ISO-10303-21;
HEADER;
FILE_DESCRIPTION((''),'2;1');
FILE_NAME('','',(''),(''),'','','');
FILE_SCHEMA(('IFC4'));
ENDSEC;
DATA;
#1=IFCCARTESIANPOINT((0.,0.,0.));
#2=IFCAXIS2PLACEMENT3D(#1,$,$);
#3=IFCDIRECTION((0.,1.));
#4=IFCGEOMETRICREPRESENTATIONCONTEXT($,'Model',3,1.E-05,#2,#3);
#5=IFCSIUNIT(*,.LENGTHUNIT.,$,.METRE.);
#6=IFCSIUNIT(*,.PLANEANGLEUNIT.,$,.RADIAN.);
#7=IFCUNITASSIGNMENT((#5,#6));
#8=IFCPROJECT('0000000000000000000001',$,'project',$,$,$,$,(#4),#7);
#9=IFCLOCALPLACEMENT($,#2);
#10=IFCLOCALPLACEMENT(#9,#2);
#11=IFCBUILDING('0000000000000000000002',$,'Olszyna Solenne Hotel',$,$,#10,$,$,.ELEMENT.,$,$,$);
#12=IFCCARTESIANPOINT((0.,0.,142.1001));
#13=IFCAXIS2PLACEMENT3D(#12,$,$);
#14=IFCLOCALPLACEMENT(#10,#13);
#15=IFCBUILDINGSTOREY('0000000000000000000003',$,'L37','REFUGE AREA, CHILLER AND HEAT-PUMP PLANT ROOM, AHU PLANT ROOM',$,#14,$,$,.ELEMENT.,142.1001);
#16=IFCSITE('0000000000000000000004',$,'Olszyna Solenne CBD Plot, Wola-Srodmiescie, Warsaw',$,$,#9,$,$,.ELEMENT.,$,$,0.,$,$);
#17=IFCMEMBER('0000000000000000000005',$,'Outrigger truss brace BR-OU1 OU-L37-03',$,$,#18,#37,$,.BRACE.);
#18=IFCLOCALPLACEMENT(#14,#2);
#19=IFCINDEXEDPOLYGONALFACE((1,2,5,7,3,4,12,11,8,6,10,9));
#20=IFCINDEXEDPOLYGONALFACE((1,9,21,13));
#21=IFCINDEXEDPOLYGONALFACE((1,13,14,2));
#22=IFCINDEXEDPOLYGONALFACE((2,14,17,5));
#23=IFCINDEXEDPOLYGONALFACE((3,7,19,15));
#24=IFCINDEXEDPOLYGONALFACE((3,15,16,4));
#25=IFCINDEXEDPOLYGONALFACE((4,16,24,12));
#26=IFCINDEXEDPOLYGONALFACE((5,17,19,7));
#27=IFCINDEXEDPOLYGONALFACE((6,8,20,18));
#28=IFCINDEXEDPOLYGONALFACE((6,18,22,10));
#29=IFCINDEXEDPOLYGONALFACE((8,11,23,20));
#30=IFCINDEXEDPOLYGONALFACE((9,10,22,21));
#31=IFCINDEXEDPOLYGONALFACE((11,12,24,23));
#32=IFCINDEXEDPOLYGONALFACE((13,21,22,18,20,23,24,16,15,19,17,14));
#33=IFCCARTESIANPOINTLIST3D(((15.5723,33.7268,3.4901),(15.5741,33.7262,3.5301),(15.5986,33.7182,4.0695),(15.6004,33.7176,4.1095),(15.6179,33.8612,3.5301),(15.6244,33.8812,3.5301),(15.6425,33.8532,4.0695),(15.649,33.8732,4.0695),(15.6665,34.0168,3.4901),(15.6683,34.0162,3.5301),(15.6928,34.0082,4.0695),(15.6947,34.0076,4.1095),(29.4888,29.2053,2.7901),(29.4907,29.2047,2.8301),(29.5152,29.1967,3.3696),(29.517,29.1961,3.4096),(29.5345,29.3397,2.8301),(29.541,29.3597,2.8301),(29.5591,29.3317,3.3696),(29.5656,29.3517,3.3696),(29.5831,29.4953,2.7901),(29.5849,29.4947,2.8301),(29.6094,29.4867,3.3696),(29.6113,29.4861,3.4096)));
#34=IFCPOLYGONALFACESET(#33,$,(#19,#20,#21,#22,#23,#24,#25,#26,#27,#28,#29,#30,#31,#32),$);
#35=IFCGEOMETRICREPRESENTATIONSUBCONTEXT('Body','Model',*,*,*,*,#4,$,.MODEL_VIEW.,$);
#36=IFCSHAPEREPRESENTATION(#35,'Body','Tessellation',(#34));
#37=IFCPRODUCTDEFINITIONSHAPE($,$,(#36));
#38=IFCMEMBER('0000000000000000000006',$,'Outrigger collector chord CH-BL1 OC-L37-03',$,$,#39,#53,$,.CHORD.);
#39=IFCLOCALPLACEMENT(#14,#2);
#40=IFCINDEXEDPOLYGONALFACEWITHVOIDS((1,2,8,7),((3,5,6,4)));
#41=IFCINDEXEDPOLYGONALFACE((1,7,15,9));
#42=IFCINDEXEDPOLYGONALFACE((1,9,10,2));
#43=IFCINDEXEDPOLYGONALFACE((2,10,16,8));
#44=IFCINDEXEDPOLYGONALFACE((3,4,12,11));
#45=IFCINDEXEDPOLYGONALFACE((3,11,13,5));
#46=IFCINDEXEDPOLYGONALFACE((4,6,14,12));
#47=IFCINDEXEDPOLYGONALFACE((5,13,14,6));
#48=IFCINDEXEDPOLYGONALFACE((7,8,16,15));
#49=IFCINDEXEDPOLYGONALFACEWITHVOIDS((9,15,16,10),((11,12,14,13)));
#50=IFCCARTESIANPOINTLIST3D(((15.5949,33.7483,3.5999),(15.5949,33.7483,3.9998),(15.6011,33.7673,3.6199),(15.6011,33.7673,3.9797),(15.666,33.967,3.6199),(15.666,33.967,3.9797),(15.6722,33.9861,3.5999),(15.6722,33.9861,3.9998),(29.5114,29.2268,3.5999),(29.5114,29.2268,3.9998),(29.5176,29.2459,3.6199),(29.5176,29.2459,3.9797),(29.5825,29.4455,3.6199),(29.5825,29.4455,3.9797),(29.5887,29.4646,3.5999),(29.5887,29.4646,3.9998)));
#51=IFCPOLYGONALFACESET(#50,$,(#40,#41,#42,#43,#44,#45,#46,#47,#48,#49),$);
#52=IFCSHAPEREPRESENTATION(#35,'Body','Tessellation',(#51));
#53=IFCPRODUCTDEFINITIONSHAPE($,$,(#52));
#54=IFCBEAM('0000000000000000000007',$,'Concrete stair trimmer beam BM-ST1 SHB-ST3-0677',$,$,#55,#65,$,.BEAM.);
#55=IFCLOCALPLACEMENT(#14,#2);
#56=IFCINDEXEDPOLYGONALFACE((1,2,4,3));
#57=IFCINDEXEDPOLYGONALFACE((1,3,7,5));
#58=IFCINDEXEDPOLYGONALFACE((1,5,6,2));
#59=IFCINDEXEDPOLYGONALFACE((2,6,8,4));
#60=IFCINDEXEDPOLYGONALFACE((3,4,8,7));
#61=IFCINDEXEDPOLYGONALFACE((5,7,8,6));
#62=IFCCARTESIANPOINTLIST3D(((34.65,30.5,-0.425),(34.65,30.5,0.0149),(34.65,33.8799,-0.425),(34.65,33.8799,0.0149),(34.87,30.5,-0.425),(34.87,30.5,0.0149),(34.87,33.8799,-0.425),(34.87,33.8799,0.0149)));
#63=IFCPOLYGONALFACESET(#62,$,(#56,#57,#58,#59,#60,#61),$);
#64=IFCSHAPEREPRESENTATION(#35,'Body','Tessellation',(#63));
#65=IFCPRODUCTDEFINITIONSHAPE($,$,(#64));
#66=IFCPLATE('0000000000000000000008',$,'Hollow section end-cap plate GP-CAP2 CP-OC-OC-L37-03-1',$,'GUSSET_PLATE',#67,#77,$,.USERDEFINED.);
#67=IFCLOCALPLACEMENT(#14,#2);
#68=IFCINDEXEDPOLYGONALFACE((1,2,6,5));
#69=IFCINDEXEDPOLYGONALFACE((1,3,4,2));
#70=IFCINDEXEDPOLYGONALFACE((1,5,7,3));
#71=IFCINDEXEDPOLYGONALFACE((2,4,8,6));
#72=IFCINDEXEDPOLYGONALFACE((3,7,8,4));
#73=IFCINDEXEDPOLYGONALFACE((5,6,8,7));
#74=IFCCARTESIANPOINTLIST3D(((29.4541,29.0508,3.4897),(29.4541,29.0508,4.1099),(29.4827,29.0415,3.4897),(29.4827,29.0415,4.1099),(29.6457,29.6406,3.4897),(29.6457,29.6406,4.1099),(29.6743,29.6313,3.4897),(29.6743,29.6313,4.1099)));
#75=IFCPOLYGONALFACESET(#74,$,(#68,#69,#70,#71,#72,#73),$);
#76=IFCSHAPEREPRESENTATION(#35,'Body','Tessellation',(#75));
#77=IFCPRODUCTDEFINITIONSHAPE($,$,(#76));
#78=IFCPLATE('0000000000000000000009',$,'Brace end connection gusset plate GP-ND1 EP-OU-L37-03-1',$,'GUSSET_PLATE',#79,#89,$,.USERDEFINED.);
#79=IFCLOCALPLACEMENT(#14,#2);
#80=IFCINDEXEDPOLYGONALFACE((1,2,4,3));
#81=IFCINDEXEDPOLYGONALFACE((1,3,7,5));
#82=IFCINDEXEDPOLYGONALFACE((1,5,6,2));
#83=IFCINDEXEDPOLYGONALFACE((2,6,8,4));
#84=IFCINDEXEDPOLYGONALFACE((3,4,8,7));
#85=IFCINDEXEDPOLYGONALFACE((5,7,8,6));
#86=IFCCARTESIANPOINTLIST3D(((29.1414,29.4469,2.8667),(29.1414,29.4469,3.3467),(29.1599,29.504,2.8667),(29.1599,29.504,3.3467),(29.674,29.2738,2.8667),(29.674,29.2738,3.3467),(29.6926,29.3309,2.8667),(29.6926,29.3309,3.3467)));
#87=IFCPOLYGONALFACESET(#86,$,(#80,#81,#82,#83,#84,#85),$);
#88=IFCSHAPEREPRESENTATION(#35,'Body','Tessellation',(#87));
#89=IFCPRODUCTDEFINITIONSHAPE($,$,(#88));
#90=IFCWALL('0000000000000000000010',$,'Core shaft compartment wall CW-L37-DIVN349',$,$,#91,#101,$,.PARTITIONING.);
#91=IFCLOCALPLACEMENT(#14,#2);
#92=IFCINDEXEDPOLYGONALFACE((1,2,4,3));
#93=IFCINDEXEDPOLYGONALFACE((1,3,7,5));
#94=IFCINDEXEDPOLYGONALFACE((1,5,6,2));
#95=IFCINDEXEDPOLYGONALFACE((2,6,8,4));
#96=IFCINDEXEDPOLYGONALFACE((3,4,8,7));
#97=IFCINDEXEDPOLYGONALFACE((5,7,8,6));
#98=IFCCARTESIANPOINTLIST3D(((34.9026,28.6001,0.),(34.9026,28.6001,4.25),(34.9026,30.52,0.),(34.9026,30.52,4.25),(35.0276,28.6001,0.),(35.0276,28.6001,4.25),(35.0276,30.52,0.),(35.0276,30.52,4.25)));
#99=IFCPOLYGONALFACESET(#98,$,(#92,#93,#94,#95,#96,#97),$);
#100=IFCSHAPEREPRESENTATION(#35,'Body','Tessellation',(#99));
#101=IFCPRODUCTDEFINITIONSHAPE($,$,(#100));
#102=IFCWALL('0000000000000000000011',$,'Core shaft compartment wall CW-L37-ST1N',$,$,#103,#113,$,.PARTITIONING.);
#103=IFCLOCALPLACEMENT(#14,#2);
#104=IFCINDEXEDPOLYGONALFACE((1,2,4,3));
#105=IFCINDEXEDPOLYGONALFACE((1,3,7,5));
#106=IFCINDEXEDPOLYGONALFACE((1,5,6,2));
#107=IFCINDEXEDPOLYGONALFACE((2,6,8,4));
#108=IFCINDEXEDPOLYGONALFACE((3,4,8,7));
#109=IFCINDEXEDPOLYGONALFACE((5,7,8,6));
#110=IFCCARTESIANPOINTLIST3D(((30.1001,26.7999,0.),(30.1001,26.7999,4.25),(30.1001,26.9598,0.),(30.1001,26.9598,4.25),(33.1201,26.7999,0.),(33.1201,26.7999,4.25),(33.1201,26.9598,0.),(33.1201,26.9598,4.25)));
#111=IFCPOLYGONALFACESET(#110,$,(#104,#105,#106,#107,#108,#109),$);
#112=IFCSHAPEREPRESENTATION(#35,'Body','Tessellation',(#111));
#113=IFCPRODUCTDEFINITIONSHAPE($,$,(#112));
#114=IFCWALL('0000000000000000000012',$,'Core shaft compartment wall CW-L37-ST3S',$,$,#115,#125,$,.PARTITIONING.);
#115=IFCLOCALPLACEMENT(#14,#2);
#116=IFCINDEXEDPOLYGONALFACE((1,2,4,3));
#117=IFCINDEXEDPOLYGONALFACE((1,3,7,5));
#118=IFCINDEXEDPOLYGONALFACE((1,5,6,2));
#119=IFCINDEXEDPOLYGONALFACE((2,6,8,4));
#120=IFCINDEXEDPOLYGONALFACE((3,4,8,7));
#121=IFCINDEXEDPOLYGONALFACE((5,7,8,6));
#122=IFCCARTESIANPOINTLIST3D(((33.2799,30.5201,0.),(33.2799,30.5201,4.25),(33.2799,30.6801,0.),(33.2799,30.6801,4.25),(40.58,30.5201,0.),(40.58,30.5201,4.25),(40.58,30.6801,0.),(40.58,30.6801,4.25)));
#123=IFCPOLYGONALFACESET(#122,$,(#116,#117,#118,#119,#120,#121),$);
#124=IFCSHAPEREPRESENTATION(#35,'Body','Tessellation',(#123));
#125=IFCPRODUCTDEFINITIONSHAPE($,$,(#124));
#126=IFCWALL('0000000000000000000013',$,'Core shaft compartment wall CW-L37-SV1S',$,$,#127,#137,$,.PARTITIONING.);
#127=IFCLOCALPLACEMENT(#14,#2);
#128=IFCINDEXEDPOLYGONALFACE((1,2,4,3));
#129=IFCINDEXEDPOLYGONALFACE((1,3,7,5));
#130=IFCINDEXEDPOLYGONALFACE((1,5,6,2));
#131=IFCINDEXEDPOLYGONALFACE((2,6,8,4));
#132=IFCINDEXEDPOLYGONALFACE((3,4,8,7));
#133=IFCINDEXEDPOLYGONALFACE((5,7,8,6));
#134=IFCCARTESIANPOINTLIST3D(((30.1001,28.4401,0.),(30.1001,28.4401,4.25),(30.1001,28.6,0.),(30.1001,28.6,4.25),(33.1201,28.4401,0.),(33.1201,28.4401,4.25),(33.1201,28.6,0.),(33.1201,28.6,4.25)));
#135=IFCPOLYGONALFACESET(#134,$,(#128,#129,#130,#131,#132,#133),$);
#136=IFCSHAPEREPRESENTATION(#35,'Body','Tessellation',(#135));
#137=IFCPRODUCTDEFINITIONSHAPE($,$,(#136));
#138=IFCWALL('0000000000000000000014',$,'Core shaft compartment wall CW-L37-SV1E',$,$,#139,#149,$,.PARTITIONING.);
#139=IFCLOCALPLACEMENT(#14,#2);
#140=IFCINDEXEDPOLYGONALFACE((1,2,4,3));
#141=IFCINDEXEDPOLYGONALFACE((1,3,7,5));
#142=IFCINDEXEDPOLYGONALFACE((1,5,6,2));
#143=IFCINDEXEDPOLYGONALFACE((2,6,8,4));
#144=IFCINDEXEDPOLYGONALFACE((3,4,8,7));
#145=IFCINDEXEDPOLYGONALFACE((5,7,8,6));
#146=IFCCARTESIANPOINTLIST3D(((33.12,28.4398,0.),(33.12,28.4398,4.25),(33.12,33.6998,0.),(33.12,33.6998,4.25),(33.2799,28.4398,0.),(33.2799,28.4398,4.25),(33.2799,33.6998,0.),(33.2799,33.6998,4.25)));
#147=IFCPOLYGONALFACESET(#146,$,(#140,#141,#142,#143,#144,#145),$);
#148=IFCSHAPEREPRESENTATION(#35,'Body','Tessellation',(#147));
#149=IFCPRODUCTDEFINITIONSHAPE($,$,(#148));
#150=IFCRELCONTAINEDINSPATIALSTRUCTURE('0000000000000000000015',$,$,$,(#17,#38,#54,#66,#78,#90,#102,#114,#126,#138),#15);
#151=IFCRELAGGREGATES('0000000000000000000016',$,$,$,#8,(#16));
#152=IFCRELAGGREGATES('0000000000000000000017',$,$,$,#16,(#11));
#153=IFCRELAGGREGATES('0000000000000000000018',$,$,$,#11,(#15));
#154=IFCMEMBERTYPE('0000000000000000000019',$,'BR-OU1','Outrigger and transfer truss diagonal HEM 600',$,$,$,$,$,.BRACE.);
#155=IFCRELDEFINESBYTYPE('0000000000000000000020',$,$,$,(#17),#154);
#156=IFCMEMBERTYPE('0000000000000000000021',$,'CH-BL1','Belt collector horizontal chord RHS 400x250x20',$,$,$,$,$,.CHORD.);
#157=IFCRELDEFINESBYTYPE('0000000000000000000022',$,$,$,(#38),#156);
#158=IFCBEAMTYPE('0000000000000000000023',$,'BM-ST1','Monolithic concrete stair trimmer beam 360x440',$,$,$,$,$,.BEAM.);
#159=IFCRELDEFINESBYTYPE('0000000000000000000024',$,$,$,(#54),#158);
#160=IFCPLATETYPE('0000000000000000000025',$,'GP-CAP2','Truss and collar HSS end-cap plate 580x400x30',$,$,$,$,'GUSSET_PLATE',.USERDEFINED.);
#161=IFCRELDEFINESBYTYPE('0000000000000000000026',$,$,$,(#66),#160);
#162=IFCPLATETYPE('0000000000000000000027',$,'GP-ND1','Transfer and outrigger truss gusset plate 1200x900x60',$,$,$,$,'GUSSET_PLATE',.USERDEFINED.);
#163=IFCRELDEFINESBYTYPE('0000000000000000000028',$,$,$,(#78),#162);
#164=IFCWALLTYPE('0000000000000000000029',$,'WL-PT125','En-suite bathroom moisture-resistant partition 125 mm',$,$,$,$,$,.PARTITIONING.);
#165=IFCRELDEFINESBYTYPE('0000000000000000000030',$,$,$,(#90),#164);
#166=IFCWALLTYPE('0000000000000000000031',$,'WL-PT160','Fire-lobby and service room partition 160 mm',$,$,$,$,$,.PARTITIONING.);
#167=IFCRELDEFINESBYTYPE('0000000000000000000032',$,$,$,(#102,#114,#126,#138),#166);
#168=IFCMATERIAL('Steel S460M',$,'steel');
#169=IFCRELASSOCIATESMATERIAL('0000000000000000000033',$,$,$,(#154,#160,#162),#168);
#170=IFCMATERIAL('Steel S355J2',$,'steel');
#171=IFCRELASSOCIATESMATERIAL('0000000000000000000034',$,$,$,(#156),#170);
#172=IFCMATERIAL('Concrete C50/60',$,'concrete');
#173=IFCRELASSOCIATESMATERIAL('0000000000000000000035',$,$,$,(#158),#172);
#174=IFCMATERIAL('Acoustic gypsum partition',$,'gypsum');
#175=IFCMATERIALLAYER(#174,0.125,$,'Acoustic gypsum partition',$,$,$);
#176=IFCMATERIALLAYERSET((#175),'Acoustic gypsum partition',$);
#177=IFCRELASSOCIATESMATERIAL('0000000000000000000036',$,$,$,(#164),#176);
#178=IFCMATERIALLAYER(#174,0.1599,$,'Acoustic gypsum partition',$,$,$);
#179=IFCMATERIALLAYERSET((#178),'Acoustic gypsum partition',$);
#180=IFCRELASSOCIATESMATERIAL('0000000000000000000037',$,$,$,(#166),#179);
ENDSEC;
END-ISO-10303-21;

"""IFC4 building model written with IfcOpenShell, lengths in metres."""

from ifc_helpers import new_model, si_unit, direction, frame, frame_2d, origin, origin_2d, place, context, subcontext, project, spatial, rectangle, hollow_rectangle, i_section, extrude, source, transform, mapped, material, layer, layer_set, material_profile, profile_set, type_object, element, save


model = new_model("IFC4")

# Units and contexts
model_context = context("Model", 3, precision=1e-05, world=origin(), true_north=direction((0.0, 1.0)))
body_context = subcontext(model_context, "Body", "Model", "MODEL_VIEW")
ifc_project = project(units=[si_unit("LENGTHUNIT", "METRE"), si_unit("PLANEANGLEUNIT", "RADIAN")], contexts=[model_context])

# Site, building, storey
site_placement = place(None, origin())
site = spatial("IfcSite", under=ifc_project, at=site_placement, Name="Olszyna Solenne CBD Plot, Wola-Srodmiescie, Warsaw", CompositionType="ELEMENT", RefElevation=0.0)
building_placement = place(site_placement, origin())
building = spatial("IfcBuilding", under=site, at=building_placement, Name="Olszyna Solenne Hotel", CompositionType="ELEMENT")
storey_placement = place(building_placement, frame((0.0, 0.0, 142.1001)))
storey = spatial("IfcBuildingStorey", under=building, at=storey_placement, Name="L37", Description="REFUGE AREA, CHILLER AND HEAT-PUMP PLANT ROOM, AHU PLANT ROOM", CompositionType="ELEMENT", Elevation=142.1001)

# Members
ifc_material_1 = material(Name="Steel S460M", Category="steel")
ifc_material_profile_1 = material_profile(ifc_material_1, i_section(OverallWidth=0.3049, OverallDepth=0.6201, WebThickness=0.021, FlangeThickness=0.04, at=origin_2d()), Name="HEM 600", Category="load-bearing")
ifc_profile_set_1 = profile_set([ifc_material_profile_1], Name="Steel S460M")
member_type_1 = type_object("IfcMemberType", Name="BR-OU1", Description="Outrigger and transfer truss diagonal HEM 600", PredefinedType="BRACE", material=ifc_profile_set_1)
shared_shape_1 = source(origin(), body_context, "Body", "SweptSolid", [
    extrude(i_section(OverallWidth=0.3049, OverallDepth=0.6201, WebThickness=0.021, FlangeThickness=0.04, at=origin_2d()), origin(), (0.0, 0.0, 1.0), 14.6494),
])
member_1_placement = place(storey_placement, frame((29.55, 29.3457, 3.0999), z_axis=(-0.949976, 0.308648, 0.04778), x_axis=(-0.309001, -0.951062, 0.0)))
element("IfcMember", 1, at=member_1_placement, inside=storey, type_object=member_type_1, Name="Outrigger truss brace BR-OU1 OU-L37-03", PredefinedType="BRACE", context=body_context, shape_type="MappedRepresentation", body=[
    mapped(shared_shape_1, transform((0.0, 0.0, 0.0), x_axis=(1.0, 0.0, 0.0), y_axis=(0.0, 1.0, 0.0), z_axis=(0.0, 0.0, 1.0), scale=1.0)),
])
ifc_material_2 = material(Name="Steel S355J2", Category="steel")
ifc_material_profile_2 = material_profile(ifc_material_2, hollow_rectangle(XDim=0.25, YDim=0.3999, WallThickness=0.02, at=origin_2d()), Name="RHS 400x250x20", Category="load-bearing")
ifc_profile_set_2 = profile_set([ifc_material_profile_2], Name="Steel S355J2")
member_type_2 = type_object("IfcMemberType", Name="CH-BL1", Description="Belt collector horizontal chord RHS 400x250x20", PredefinedType="CHORD", material=ifc_profile_set_2)
shared_shape_2 = source(origin(), body_context, "Body", "SweptSolid", [
    extrude(hollow_rectangle(XDim=0.25, YDim=0.3999, WallThickness=0.02, at=origin_2d()), origin(), (0.0, 0.0, 1.0), 14.6326),
])
member_2_placement = place(storey_placement, frame((29.55, 29.3457, 3.7998), z_axis=(-0.951062, 0.309001, 0.0), x_axis=(-0.309001, -0.951062, 0.0)))
element("IfcMember", 2, at=member_2_placement, inside=storey, type_object=member_type_2, Name="Outrigger collector chord CH-BL1 OC-L37-03", PredefinedType="CHORD", context=body_context, shape_type="MappedRepresentation", body=[
    mapped(shared_shape_2, transform((0.0, 0.0, 0.0), x_axis=(1.0, 0.0, 0.0), y_axis=(0.0, 1.0, 0.0), z_axis=(0.0, 0.0, 1.0), scale=1.0)),
])

# Beam
ifc_material_3 = material(Name="Concrete C50/60", Category="concrete")
ifc_material_profile_3 = material_profile(ifc_material_3, rectangle(XDim=0.22, YDim=0.4399, at=origin_2d()), Name="RC 220x440", Category="load-bearing")
ifc_profile_set_3 = profile_set([ifc_material_profile_3], Name="Concrete C50/60")
beam_type = type_object("IfcBeamType", Name="BM-ST1", Description="Monolithic concrete stair trimmer beam 360x440", PredefinedType="BEAM", material=ifc_profile_set_3)
shared_shape_3 = source(origin(), body_context, "Body", "SweptSolid", [
    extrude(rectangle(XDim=0.22, YDim=0.4399, at=origin_2d()), origin(), (0.0, 0.0, 1.0), 3.3799),
])
beam_placement = place(storey_placement, frame((34.76, 30.5, -0.2051), z_axis=(0.0, 1.0, 0.0), x_axis=(-1.0, 0.0, 0.0)))
element("IfcBeam", 3, at=beam_placement, inside=storey, type_object=beam_type, Name="Concrete stair trimmer beam BM-ST1 SHB-ST3-0677", PredefinedType="BEAM", context=body_context, shape_type="MappedRepresentation", body=[
    mapped(shared_shape_3, transform((0.0, 0.0, 0.0), x_axis=(1.0, 0.0, 0.0), y_axis=(0.0, 1.0, 0.0), z_axis=(0.0, 0.0, 1.0), scale=1.0)),
])

# Plates
plate_type_1 = type_object("IfcPlateType", Name="GP-CAP2", Description="Truss and collar HSS end-cap plate 580x400x30", ElementType="GUSSET_PLATE", PredefinedType="USERDEFINED", material=ifc_material_1)
shared_shape_4 = source(origin(), body_context, "Body", "SweptSolid", [
    extrude(rectangle(XDim=0.03, YDim=0.6201, at=origin_2d()), origin(), (0.0, 0.0, 1.0), 0.6201),
])
plate_1_placement = place(storey_placement, frame((29.5642, 29.3411, 3.4897), z_axis=(0.0, 0.0, 1.0), x_axis=(-0.951057, 0.309017, 0.0)))
element("IfcPlate", 4, at=plate_1_placement, inside=storey, type_object=plate_type_1, Name="Hollow section end-cap plate GP-CAP2 CP-OC-OC-L37-03-1", ObjectType="GUSSET_PLATE", PredefinedType="USERDEFINED", context=body_context, shape_type="MappedRepresentation", body=[
    mapped(shared_shape_4, transform((0.0, 0.0, 0.0), x_axis=(1.0, 0.0, 0.0), y_axis=(0.0, 1.0, 0.0), z_axis=(0.0, 0.0, 1.0), scale=1.0)),
])
plate_type_2 = type_object("IfcPlateType", Name="GP-ND1", Description="Transfer and outrigger truss gusset plate 1200x900x60", ElementType="GUSSET_PLATE", PredefinedType="USERDEFINED", material=ifc_material_1)
shared_shape_5 = source(origin(), body_context, "Body", "SweptSolid", [
    extrude(rectangle(XDim=0.5601, YDim=0.0601, at=origin_2d()), origin(), (0.0, 0.0, 1.0), 0.48),
])
plate_2_placement = place(storey_placement, frame((29.417, 29.3889, 2.8667), z_axis=(0.0, 0.0, 1.0), x_axis=(-0.951057, 0.309017, 0.0)))
element("IfcPlate", 5, at=plate_2_placement, inside=storey, type_object=plate_type_2, Name="Brace end connection gusset plate GP-ND1 EP-OU-L37-03-1", ObjectType="GUSSET_PLATE", PredefinedType="USERDEFINED", context=body_context, shape_type="MappedRepresentation", body=[
    mapped(shared_shape_5, transform((0.0, 0.0, 0.0), x_axis=(1.0, 0.0, 0.0), y_axis=(0.0, 1.0, 0.0), z_axis=(0.0, 0.0, 1.0), scale=1.0)),
])

# Walls
ifc_material_4 = material(Name="Acoustic gypsum partition", Category="gypsum")
ifc_layer_1 = layer(ifc_material_4, 0.125, Name="Acoustic gypsum partition")
ifc_layer_set_1 = layer_set([ifc_layer_1], Name="Acoustic gypsum partition")
wall_type_1 = type_object("IfcWallType", Name="WL-PT125", Description="En-suite bathroom moisture-resistant partition 125 mm", PredefinedType="PARTITIONING", material=ifc_layer_set_1)
wall_1_placement = place(storey_placement, frame((34.9651, 28.6001, 0.0), z_axis=(0.0, 0.0, 1.0), x_axis=(0.0, 1.0, 0.0)))
element("IfcWall", 6, at=wall_1_placement, inside=storey, type_object=wall_type_1, Name="Core shaft compartment wall CW-L37-DIVN349", PredefinedType="PARTITIONING", context=body_context, shape_type="SweptSolid", body=[
    extrude(rectangle(XDim=1.9199, YDim=0.125, at=frame_2d((0.96, 0.0))), origin(), (0.0, 0.0, 1.0), 4.25),
])
ifc_layer_2 = layer(ifc_material_4, 0.1599, Name="Acoustic gypsum partition")
ifc_layer_set_2 = layer_set([ifc_layer_2], Name="Acoustic gypsum partition")
wall_type_2 = type_object("IfcWallType", Name="WL-PT160", Description="Fire-lobby and service room partition 160 mm", PredefinedType="PARTITIONING", material=ifc_layer_set_2)
wall_2_placement = place(storey_placement, frame((30.1001, 26.8799, 0.0), z_axis=(0.0, 0.0, 1.0), x_axis=(1.0, 0.0, 0.0)))
element("IfcWall", 7, at=wall_2_placement, inside=storey, type_object=wall_type_2, Name="Core shaft compartment wall CW-L37-ST1N", PredefinedType="PARTITIONING", context=body_context, shape_type="SweptSolid", body=[
    extrude(rectangle(XDim=3.02, YDim=0.1599, at=frame_2d((1.51, 0.0))), origin(), (0.0, 0.0, 1.0), 4.25),
])
wall_3_placement = place(storey_placement, frame((33.28, 30.6001, 0.0), z_axis=(0.0, 0.0, 1.0), x_axis=(1.0, 0.0, 0.0)))
element("IfcWall", 8, at=wall_3_placement, inside=storey, type_object=wall_type_2, Name="Core shaft compartment wall CW-L37-ST3S", PredefinedType="PARTITIONING", context=body_context, shape_type="SweptSolid", body=[
    extrude(rectangle(XDim=7.3, YDim=0.1599, at=frame_2d((3.6499, 0.0))), origin(), (0.0, 0.0, 1.0), 4.25),
])
wall_4_placement = place(storey_placement, frame((30.1001, 28.52, 0.0), z_axis=(0.0, 0.0, 1.0), x_axis=(1.0, 0.0, 0.0)))
element("IfcWall", 9, at=wall_4_placement, inside=storey, type_object=wall_type_2, Name="Core shaft compartment wall CW-L37-SV1S", PredefinedType="PARTITIONING", context=body_context, shape_type="SweptSolid", body=[
    extrude(rectangle(XDim=3.02, YDim=0.1599, at=frame_2d((1.51, 0.0))), origin(), (0.0, 0.0, 1.0), 4.25),
])
wall_5_placement = place(storey_placement, frame((33.2, 28.4399, 0.0), z_axis=(0.0, 0.0, 1.0), x_axis=(0.0, 1.0, 0.0)))
element("IfcWall", 10, at=wall_5_placement, inside=storey, type_object=wall_type_2, Name="Core shaft compartment wall CW-L37-SV1E", PredefinedType="PARTITIONING", context=body_context, shape_type="SweptSolid", body=[
    extrude(rectangle(XDim=5.26, YDim=0.1599, at=frame_2d((2.6299, 0.0))), origin(), (0.0, 0.0, 1.0), 4.25),
])

save(model, "model.ifc")
